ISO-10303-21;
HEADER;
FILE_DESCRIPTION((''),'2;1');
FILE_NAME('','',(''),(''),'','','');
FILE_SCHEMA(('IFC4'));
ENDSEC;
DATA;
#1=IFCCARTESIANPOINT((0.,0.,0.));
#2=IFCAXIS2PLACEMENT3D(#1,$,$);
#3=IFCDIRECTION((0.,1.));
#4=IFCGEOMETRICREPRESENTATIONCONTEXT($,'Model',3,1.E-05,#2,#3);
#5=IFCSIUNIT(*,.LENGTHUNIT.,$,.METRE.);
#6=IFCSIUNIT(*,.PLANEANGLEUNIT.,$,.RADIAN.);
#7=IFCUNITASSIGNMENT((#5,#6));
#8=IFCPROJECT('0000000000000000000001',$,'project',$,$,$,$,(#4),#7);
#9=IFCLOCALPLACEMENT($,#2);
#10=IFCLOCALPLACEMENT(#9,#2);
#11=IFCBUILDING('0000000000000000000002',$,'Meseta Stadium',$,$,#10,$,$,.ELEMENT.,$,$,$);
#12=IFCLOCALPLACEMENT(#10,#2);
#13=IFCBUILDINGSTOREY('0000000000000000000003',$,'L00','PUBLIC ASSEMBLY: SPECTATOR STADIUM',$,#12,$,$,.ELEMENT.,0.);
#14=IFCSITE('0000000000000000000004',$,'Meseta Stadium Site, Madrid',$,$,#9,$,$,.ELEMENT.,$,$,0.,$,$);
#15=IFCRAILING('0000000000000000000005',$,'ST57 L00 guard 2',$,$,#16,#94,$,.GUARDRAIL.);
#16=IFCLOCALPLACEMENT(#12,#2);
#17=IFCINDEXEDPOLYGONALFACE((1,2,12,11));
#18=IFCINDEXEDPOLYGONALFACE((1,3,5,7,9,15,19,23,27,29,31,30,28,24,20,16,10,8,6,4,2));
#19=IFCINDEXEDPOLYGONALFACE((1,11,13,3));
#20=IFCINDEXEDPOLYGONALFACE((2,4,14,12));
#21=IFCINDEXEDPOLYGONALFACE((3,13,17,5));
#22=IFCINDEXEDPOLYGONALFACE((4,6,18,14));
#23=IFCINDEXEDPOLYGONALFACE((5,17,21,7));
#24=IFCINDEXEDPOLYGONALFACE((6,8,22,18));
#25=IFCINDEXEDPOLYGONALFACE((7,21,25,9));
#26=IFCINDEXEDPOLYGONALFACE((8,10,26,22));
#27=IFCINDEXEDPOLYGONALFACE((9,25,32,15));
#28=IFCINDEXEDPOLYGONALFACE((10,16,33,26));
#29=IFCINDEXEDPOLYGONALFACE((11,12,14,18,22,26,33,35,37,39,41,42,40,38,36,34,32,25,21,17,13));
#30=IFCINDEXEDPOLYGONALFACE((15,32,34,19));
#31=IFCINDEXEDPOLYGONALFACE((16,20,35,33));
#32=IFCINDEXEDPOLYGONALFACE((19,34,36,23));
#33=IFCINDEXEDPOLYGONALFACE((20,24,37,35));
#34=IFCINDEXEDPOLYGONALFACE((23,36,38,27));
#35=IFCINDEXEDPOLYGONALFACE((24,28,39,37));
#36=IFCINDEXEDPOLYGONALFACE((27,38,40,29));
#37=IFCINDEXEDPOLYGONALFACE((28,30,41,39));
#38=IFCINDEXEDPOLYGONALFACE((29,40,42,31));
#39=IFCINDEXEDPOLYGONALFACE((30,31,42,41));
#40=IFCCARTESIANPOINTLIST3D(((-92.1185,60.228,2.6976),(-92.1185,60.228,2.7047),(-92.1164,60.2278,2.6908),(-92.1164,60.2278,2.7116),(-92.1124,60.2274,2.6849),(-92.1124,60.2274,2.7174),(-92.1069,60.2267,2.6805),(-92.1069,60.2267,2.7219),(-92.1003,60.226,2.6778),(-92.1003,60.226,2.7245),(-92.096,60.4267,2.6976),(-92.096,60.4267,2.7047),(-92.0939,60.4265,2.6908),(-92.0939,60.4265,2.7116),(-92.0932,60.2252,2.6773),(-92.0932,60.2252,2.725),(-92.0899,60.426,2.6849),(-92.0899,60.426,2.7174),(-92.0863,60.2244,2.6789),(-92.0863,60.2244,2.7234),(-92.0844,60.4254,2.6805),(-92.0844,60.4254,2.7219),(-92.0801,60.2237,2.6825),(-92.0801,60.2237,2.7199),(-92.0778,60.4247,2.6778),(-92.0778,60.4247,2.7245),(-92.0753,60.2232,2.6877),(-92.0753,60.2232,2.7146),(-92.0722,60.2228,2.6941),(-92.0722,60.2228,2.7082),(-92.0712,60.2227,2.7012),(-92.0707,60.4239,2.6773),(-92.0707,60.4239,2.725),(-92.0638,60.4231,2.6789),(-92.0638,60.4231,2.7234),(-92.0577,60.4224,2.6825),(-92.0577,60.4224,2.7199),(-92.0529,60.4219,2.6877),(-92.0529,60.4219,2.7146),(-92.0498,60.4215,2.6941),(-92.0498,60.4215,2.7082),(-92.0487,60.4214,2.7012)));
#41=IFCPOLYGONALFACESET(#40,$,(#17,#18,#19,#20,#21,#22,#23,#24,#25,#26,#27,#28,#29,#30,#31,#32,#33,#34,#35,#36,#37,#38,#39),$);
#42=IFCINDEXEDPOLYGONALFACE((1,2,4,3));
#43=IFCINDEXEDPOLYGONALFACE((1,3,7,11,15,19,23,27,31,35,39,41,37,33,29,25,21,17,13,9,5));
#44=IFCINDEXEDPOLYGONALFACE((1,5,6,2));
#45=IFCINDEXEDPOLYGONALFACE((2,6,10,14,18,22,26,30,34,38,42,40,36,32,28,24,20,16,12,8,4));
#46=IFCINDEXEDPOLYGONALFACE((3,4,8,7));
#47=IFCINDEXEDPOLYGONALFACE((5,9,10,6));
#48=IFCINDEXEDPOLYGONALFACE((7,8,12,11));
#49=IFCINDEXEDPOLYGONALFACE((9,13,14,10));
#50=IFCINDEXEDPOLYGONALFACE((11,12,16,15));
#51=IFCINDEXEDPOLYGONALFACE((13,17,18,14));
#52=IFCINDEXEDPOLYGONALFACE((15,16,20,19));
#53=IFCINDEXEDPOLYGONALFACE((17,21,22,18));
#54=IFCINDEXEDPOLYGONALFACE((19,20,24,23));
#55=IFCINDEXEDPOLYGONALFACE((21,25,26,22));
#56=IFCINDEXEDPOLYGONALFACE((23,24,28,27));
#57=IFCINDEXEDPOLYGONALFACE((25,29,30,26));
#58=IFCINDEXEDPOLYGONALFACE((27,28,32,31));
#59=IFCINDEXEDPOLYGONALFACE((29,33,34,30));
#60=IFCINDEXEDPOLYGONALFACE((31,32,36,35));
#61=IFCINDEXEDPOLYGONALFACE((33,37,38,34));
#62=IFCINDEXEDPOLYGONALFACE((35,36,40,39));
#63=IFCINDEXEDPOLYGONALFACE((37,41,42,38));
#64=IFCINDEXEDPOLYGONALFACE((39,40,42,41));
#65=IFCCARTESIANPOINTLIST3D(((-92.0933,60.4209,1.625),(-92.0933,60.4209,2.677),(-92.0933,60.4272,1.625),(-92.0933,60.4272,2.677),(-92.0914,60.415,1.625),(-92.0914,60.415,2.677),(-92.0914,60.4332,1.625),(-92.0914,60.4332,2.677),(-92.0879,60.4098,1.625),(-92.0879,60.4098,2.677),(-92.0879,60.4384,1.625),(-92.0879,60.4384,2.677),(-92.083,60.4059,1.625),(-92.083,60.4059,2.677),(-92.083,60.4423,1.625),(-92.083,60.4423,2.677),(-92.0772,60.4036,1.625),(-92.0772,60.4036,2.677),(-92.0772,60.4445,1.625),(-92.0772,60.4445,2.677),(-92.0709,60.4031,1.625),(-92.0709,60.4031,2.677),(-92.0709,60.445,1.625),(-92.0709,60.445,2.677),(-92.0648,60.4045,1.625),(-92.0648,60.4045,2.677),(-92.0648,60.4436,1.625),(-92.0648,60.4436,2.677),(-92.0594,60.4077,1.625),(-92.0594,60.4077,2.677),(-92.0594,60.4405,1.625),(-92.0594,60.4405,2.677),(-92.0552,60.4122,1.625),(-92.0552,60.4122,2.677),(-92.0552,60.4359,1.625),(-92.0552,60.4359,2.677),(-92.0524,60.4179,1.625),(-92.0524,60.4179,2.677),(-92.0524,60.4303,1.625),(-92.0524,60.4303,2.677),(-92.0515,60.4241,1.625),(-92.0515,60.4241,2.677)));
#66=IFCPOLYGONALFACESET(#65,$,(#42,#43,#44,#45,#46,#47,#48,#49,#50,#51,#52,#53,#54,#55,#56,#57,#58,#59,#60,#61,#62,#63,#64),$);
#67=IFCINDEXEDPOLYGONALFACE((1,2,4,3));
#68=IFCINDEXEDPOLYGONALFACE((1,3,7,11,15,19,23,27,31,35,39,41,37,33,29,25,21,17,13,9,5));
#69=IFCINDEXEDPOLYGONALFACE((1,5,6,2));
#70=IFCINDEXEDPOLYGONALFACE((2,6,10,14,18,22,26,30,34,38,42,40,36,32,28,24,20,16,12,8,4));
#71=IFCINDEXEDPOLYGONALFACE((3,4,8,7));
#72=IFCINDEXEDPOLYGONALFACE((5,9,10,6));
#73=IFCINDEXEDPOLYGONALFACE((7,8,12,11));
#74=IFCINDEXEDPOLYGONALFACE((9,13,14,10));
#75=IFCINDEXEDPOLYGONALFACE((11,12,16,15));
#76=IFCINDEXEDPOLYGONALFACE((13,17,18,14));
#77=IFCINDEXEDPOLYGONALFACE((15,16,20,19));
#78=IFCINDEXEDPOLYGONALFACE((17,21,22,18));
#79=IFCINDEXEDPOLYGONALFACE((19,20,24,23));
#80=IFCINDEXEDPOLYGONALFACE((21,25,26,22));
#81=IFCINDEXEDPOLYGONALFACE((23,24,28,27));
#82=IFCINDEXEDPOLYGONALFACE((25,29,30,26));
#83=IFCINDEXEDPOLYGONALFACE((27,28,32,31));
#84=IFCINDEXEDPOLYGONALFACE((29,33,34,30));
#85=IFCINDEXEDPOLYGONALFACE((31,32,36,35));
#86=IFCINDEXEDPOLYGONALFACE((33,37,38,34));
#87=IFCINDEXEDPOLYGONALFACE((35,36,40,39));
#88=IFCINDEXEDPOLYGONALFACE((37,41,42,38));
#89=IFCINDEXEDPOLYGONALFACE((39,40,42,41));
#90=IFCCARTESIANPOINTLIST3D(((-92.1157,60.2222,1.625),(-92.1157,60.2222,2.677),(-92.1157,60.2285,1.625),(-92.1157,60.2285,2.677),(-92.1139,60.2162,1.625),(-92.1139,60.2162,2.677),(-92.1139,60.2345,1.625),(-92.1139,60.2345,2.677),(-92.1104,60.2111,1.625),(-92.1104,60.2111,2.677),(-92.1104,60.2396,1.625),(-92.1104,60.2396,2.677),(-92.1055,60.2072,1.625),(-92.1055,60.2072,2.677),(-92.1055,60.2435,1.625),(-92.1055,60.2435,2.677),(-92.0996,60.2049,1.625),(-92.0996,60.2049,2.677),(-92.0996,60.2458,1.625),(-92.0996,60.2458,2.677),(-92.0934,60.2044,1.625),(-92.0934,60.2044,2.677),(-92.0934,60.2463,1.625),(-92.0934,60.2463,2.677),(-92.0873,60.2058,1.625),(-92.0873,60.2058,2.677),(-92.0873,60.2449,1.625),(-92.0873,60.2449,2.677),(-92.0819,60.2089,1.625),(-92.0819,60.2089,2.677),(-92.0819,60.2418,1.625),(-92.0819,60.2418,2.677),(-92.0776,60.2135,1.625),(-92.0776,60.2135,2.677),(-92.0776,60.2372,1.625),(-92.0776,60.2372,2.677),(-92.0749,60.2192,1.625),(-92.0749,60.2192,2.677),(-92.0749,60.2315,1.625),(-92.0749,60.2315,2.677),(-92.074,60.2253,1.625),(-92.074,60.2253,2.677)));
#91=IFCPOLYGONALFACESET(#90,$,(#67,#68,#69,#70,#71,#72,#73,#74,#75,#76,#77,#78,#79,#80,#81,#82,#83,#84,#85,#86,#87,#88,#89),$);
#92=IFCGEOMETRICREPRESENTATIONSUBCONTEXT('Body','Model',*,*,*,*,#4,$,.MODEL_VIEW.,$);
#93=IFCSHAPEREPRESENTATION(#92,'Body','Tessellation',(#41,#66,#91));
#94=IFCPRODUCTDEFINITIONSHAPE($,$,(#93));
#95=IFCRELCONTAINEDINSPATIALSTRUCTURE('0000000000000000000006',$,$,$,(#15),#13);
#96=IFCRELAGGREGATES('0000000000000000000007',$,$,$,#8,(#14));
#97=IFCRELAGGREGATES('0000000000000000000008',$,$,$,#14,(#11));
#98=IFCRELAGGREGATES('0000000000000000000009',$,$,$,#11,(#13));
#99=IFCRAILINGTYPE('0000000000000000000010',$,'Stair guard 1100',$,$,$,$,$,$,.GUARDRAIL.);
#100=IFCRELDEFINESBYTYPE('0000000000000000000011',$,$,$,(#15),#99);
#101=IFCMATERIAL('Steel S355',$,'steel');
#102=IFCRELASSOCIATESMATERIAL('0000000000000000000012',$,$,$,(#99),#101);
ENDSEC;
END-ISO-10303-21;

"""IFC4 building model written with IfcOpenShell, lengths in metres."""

from ifc_helpers import new_model, si_unit, direction, frame, origin, origin_2d, place, context, subcontext, project, spatial, circle, extrude, material, type_object, element, save


model = new_model("IFC4")

# Units and contexts
model_context = context("Model", 3, precision=1e-05, world=origin(), true_north=direction((0.0, 1.0)))
body_context = subcontext(model_context, "Body", "Model", "MODEL_VIEW")
ifc_project = project(units=[si_unit("LENGTHUNIT", "METRE"), si_unit("PLANEANGLEUNIT", "RADIAN")], contexts=[model_context])

# Site, building, storey
site_placement = place(None, origin())
site = spatial("IfcSite", under=ifc_project, at=site_placement, Name="Meseta Stadium Site, Madrid", CompositionType="ELEMENT", RefElevation=0.0)
building_placement = place(site_placement, origin())
building = spatial("IfcBuilding", under=site, at=building_placement, Name="Meseta Stadium", CompositionType="ELEMENT")
storey_placement = place(building_placement, origin())
storey = spatial("IfcBuildingStorey", under=building, at=storey_placement, Name="L00", Description="PUBLIC ASSEMBLY: SPECTATOR STADIUM", CompositionType="ELEMENT", Elevation=0.0)

# Railing
ifc_material_1 = material(Name="Steel S355", Category="steel")
railing_type = type_object("IfcRailingType", Name="Stair guard 1100", PredefinedType="GUARDRAIL", material=ifc_material_1)
railing_placement = place(storey_placement, frame((-92.0725, 60.4241, 1.625)))
element("IfcRailing", 1, at=railing_placement, inside=storey, type_object=railing_type, Name="ST57 L00 guard 2", PredefinedType="GUARDRAIL", context=body_context, shape_type="SweptSolid", body=[
    extrude(circle(Radius=0.0239, at=origin_2d()), frame((0.0, 0.0, 1.0762), z_axis=(-0.112307, -0.993674, 0.0), x_axis=(0.993674, -0.112307, 0.0)), (0.0, 0.0, 1.0), 0.2),
    extrude(circle(Radius=0.021, at=origin_2d()), origin(), (0.0, 0.0, 1.0), 1.052),
    extrude(circle(Radius=0.021, at=origin_2d()), frame((-0.0225, -0.1987, 0.0)), (0.0, 0.0, 1.0), 1.052),
])

save(model, "model.ifc")
